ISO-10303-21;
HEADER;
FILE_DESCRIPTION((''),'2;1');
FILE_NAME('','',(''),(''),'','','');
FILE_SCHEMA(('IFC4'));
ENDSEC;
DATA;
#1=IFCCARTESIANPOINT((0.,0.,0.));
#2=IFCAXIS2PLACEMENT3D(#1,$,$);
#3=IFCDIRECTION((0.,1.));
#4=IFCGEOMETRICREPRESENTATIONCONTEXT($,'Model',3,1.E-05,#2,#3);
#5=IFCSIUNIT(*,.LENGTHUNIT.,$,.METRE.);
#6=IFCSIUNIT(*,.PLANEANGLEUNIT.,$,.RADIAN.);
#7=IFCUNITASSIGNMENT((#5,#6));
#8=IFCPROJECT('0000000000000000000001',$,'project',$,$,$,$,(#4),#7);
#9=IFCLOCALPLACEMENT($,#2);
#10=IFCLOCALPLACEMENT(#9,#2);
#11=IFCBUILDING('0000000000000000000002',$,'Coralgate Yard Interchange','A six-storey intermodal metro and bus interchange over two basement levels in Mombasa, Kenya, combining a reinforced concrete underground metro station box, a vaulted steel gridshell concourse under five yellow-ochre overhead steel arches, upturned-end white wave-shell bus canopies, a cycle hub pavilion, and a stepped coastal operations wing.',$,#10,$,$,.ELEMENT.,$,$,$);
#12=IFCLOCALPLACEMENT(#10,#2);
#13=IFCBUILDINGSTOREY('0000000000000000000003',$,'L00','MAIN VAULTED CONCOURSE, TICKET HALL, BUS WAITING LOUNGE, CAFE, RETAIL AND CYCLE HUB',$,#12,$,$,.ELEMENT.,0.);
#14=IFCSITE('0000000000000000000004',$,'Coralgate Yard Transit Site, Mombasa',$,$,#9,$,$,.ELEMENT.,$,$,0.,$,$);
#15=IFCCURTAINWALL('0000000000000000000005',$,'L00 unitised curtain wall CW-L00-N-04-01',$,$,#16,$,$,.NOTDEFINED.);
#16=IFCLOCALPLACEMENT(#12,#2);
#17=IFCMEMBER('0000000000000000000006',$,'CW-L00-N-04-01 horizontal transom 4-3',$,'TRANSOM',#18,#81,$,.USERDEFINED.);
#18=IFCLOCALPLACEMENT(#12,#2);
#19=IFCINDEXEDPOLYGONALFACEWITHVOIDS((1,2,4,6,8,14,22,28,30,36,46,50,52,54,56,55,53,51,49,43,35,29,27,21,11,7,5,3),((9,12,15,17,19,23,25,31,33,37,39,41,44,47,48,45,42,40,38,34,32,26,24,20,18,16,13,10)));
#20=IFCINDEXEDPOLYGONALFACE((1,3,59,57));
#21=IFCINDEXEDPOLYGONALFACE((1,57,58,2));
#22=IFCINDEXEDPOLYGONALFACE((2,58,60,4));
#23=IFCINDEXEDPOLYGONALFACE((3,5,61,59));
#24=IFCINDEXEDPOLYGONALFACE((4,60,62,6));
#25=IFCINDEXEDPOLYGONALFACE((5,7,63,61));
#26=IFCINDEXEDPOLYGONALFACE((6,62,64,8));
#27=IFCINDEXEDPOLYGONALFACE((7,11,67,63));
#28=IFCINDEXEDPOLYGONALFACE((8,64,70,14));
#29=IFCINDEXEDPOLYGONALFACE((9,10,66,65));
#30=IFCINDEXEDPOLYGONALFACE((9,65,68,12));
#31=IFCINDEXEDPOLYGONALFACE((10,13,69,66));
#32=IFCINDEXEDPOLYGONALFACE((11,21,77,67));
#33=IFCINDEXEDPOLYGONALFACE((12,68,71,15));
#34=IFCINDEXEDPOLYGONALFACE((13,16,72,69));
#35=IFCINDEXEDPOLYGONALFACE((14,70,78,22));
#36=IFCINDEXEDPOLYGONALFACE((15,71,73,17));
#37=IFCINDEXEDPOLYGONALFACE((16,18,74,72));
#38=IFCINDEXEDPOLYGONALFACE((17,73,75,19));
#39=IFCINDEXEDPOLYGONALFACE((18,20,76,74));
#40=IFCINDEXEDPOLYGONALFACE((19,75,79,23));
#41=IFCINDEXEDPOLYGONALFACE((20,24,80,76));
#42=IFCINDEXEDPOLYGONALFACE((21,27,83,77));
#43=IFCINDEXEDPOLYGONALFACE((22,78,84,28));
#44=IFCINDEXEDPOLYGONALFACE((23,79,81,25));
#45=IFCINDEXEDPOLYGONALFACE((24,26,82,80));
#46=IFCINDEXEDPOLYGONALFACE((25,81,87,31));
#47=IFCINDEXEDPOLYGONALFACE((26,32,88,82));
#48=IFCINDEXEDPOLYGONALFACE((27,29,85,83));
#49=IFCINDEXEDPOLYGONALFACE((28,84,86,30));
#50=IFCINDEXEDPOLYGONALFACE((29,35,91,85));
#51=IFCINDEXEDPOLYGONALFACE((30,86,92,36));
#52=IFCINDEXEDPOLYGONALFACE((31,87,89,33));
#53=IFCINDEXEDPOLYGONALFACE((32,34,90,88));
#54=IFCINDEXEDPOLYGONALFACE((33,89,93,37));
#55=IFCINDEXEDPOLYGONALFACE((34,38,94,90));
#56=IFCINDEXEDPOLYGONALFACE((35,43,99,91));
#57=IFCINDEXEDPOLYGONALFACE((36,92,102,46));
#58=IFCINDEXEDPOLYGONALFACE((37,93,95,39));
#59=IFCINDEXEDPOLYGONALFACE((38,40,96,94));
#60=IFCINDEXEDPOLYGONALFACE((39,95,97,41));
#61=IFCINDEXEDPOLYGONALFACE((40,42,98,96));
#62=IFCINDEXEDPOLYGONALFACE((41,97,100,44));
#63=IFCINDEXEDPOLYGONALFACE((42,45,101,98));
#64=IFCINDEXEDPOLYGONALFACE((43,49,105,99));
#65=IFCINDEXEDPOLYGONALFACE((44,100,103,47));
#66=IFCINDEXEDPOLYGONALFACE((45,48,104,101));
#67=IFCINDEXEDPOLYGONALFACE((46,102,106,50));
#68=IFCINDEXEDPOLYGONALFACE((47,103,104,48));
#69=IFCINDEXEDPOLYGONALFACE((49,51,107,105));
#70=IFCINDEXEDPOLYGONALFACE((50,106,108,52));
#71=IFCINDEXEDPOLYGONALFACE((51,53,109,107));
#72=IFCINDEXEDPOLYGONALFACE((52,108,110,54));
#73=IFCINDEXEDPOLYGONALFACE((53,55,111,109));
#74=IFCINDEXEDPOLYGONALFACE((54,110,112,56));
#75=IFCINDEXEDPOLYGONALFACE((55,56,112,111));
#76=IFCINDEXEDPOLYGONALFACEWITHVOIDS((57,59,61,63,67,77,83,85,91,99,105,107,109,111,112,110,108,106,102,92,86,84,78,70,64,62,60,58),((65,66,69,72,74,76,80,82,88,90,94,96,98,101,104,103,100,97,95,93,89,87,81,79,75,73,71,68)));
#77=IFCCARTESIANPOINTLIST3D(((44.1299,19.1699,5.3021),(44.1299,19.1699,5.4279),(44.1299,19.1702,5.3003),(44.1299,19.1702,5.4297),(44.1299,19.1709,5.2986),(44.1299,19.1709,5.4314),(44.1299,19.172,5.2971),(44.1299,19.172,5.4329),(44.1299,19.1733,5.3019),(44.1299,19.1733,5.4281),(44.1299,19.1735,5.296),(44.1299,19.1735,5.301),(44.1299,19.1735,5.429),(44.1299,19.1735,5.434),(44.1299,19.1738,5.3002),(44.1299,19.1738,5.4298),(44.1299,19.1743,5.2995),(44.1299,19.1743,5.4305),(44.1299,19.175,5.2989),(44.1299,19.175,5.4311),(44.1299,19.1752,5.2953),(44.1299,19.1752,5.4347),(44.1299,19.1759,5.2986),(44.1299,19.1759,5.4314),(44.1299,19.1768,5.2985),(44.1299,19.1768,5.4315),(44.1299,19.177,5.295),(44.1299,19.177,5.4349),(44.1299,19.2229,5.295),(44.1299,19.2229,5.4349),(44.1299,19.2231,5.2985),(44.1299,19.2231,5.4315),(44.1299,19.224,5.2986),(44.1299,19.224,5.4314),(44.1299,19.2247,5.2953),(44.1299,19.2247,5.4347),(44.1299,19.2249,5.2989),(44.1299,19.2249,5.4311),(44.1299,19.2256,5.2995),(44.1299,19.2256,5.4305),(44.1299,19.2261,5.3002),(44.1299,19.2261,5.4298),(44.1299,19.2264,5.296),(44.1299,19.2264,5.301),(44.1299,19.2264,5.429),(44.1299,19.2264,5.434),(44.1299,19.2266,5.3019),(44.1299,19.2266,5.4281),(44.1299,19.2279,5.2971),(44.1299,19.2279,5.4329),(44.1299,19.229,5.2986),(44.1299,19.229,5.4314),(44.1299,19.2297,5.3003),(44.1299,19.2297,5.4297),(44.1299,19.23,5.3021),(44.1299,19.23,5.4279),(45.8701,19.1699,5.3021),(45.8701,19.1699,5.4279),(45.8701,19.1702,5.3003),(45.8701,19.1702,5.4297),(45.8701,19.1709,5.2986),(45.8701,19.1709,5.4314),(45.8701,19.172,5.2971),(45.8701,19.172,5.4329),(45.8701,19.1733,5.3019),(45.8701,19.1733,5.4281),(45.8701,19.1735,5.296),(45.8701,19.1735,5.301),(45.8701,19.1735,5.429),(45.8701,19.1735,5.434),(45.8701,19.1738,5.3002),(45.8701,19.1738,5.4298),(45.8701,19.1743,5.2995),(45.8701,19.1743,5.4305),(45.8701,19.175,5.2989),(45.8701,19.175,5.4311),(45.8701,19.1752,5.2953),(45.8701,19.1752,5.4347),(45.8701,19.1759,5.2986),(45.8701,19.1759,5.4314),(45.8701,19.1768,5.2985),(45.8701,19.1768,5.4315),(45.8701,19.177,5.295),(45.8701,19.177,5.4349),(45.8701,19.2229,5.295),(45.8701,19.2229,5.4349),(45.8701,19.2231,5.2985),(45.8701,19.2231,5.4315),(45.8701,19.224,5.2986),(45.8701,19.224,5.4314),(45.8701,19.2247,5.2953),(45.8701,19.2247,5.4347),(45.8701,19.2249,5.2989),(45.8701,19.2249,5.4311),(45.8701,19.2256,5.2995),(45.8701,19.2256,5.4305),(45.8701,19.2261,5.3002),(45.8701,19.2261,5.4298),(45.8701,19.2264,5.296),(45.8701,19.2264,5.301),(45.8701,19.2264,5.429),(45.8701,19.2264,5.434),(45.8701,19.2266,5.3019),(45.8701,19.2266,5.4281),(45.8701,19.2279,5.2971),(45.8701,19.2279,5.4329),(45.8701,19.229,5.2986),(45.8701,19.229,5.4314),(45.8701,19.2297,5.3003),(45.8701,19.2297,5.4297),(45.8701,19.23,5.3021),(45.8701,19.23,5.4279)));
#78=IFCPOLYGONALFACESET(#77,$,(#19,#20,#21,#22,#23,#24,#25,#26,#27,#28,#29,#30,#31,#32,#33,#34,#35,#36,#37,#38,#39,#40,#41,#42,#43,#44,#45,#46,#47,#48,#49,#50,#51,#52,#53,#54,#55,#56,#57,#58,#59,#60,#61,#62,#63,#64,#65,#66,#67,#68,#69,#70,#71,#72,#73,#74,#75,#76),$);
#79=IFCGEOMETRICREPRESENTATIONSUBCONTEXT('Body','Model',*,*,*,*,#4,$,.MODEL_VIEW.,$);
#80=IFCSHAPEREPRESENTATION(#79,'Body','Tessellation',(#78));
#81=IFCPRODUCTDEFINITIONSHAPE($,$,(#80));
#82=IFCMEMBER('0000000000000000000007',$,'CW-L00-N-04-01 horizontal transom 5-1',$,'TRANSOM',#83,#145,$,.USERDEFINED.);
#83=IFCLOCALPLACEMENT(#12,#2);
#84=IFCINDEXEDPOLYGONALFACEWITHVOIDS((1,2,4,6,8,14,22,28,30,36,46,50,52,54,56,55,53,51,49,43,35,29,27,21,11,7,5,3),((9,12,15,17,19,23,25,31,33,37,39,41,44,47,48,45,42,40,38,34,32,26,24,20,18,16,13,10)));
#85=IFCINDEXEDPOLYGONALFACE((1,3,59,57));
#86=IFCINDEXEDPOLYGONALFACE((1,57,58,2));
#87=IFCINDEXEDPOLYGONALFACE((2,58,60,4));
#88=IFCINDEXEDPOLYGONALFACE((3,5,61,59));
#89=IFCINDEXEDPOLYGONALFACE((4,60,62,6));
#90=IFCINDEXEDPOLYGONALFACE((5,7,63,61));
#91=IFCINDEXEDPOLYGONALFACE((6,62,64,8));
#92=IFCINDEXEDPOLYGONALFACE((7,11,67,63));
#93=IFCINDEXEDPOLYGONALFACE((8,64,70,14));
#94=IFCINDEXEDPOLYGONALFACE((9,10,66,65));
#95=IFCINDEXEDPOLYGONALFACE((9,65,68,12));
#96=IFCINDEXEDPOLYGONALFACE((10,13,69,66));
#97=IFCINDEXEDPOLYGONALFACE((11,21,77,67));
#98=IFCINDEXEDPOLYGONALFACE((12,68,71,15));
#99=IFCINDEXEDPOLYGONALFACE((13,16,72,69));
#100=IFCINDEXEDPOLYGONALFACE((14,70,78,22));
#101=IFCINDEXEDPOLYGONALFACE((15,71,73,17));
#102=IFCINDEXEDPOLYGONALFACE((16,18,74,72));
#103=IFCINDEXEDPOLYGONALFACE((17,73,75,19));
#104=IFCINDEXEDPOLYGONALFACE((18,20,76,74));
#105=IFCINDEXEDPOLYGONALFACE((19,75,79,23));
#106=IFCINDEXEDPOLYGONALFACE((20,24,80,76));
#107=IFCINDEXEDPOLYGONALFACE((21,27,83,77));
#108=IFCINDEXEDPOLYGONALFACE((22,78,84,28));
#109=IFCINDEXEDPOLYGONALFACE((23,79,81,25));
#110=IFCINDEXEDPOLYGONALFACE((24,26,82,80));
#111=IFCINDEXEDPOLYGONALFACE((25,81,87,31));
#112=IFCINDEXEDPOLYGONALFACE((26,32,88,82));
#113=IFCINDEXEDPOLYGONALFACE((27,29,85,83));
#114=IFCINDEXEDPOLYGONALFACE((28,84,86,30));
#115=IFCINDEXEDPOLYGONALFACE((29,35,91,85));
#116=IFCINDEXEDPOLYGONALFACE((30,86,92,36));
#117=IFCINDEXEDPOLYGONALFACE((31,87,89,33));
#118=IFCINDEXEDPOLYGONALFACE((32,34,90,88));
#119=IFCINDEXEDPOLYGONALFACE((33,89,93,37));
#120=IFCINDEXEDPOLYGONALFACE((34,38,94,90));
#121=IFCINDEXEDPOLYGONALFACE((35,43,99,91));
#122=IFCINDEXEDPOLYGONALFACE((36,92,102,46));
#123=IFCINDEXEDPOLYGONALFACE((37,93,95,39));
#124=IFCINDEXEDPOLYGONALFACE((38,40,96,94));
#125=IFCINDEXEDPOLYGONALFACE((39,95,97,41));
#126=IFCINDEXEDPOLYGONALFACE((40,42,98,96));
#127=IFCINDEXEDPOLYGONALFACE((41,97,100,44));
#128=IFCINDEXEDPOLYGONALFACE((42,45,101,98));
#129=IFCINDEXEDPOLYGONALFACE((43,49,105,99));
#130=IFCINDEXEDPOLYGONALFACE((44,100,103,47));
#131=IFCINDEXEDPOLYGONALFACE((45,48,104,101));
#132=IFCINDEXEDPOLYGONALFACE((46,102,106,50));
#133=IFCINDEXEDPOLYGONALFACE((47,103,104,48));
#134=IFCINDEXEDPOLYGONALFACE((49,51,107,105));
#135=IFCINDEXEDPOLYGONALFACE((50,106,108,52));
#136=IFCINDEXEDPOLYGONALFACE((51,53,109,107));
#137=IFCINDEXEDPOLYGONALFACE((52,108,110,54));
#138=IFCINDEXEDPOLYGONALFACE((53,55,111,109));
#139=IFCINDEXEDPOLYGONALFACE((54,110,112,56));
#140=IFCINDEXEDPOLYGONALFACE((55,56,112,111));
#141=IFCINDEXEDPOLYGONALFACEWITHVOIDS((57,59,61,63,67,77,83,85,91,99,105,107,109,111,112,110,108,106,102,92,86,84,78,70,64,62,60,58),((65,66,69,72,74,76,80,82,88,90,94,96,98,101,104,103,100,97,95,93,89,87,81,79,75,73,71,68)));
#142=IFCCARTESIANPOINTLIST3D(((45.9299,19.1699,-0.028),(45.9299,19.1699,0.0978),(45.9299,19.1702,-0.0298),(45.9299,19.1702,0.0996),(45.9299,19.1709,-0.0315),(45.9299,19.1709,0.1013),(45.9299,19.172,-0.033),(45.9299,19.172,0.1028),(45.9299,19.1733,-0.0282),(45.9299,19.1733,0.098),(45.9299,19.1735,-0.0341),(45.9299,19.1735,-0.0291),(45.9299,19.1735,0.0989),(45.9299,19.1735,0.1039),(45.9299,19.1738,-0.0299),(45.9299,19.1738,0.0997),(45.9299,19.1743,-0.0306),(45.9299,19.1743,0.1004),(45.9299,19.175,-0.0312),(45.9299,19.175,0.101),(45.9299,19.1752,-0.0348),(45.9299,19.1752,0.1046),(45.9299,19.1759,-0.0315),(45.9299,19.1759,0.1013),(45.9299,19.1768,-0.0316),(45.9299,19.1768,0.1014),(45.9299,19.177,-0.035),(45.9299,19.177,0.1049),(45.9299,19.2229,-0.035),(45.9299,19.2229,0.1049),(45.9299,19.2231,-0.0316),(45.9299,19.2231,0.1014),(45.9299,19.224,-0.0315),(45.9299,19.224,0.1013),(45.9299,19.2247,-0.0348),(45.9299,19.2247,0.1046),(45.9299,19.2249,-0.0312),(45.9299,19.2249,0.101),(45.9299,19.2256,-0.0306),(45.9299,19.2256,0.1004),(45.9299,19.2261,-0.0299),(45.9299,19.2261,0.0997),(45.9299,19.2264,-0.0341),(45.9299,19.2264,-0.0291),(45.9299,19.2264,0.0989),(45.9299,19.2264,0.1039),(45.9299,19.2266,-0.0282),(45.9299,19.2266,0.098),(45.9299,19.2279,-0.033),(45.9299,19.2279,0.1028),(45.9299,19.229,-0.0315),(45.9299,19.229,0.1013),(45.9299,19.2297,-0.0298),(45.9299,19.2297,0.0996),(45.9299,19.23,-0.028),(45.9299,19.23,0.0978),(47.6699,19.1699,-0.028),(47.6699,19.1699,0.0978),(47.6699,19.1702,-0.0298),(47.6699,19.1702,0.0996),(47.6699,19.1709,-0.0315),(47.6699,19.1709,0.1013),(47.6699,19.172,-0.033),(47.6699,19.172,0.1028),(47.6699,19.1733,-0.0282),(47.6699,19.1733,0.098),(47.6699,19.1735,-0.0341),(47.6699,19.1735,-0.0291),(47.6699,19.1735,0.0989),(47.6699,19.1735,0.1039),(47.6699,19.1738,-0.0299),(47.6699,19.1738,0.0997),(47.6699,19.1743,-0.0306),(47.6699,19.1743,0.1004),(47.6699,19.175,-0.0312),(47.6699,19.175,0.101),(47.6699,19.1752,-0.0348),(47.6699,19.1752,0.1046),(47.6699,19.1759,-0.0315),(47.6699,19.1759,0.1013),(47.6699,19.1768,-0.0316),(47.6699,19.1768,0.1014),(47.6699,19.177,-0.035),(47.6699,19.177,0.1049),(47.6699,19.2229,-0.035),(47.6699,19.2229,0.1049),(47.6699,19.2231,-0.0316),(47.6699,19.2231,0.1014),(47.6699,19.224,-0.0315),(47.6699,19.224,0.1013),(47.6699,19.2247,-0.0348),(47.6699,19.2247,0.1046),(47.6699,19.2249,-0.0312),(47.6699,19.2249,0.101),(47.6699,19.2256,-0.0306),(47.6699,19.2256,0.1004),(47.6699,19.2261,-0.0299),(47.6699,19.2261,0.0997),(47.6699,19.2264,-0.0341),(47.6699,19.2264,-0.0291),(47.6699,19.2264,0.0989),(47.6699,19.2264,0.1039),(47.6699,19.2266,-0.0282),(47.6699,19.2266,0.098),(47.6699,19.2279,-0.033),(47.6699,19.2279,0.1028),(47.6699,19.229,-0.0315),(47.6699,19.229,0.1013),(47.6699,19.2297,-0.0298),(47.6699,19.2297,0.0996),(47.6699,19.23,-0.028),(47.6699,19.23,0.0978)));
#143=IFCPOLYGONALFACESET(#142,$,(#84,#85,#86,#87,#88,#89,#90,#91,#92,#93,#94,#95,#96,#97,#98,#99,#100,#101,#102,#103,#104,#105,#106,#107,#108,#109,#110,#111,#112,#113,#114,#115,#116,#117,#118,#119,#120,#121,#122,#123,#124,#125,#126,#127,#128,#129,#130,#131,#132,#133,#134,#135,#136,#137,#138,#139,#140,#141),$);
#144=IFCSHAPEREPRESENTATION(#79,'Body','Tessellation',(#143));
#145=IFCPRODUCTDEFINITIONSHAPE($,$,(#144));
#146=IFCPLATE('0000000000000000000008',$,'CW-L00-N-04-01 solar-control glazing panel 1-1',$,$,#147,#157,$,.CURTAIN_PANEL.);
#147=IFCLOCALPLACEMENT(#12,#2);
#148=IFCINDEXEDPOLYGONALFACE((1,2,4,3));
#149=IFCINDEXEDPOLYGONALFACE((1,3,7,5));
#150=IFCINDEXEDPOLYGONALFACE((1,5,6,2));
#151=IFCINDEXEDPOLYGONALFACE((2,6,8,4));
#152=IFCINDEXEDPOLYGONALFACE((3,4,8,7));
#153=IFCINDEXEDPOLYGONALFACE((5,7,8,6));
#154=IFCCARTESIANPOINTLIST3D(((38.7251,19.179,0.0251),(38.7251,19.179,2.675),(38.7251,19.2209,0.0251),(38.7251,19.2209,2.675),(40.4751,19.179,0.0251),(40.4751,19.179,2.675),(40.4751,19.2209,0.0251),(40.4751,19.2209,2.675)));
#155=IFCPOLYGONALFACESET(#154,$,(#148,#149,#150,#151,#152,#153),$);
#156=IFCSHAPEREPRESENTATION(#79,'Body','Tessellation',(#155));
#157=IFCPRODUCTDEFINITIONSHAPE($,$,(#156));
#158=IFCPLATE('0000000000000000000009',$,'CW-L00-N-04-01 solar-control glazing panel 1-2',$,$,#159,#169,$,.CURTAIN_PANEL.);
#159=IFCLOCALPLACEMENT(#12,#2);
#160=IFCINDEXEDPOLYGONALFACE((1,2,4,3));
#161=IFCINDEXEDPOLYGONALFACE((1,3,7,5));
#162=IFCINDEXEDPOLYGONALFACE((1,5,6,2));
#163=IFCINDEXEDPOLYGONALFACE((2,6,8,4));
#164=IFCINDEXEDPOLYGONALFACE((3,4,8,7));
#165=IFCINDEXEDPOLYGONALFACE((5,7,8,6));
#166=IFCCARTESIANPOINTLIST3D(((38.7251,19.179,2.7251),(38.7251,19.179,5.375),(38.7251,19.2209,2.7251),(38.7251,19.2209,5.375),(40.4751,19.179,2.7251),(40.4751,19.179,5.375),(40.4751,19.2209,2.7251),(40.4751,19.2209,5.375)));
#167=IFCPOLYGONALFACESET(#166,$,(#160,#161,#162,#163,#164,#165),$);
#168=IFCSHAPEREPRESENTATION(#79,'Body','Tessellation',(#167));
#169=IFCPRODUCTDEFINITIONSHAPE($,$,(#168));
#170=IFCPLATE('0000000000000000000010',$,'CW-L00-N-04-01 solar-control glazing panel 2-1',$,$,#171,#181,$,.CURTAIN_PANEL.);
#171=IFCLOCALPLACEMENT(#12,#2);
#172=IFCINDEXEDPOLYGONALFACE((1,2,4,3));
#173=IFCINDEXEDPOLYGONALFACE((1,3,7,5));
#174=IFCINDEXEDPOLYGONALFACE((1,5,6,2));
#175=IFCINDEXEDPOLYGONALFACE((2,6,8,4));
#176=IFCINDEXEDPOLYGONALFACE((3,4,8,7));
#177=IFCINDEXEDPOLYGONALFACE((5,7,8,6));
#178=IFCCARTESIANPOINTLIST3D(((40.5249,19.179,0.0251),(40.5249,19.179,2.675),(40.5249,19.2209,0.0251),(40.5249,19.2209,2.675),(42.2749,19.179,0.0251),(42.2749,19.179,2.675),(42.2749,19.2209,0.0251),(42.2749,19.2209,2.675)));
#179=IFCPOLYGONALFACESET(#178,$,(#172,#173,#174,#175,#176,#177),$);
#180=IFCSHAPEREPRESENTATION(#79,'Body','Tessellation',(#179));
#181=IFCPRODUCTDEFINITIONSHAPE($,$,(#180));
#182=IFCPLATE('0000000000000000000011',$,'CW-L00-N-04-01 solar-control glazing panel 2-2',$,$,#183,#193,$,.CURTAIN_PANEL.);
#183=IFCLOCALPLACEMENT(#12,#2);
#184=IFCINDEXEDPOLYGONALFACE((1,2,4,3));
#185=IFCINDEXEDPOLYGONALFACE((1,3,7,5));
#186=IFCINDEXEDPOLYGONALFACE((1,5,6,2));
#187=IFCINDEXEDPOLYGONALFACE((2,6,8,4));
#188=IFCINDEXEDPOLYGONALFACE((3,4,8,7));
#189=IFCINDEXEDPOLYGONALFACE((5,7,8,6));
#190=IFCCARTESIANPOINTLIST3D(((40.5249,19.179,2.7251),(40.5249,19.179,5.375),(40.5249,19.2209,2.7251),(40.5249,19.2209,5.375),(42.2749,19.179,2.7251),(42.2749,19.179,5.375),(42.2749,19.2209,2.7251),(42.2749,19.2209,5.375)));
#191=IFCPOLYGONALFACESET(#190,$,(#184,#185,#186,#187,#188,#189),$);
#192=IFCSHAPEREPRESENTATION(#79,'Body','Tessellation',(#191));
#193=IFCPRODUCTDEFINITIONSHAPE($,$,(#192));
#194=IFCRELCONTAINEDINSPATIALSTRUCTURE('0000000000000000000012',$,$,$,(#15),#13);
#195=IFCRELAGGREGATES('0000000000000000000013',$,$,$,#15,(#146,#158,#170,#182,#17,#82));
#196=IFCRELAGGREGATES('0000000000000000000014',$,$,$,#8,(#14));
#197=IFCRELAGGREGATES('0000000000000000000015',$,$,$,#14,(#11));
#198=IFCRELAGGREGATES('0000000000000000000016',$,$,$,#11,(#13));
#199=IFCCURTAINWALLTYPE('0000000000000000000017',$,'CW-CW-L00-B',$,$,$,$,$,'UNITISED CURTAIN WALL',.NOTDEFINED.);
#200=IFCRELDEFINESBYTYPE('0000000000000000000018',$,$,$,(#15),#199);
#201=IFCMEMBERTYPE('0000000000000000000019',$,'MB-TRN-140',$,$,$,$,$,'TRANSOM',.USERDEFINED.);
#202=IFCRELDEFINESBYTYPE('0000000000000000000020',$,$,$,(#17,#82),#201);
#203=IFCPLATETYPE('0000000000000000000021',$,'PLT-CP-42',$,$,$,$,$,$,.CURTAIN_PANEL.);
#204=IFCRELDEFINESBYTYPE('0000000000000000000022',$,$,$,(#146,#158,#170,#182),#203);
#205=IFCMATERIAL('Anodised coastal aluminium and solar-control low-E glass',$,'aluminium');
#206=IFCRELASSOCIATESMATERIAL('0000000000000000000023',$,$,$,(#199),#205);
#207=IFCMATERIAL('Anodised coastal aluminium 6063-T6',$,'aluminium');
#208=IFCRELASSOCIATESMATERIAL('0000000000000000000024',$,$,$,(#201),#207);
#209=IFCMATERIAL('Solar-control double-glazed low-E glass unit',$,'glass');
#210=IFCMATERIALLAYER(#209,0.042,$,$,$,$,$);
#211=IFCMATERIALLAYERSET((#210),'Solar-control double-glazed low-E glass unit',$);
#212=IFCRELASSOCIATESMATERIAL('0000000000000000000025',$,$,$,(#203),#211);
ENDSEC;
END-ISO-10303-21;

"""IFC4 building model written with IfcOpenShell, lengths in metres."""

from ifc_helpers import new_model, si_unit, direction, frame, origin, origin_2d, place, context, subcontext, project, spatial, rectangle, hollow_rectangle, extrude, material, layer, layer_set, material_profile, profile_set, type_object, element, aggregate, save


model = new_model("IFC4")

# Units and contexts
model_context = context("Model", 3, precision=1e-05, world=origin(), true_north=direction((0.0, 1.0)))
body_context = subcontext(model_context, "Body", "Model", "MODEL_VIEW")
ifc_project = project(units=[si_unit("LENGTHUNIT", "METRE"), si_unit("PLANEANGLEUNIT", "RADIAN")], contexts=[model_context])

# Site, building, storey
site_placement = place(None, origin())
site = spatial("IfcSite", under=ifc_project, at=site_placement, Name="Coralgate Yard Transit Site, Mombasa", CompositionType="ELEMENT", RefElevation=0.0)
building_placement = place(site_placement, origin())
building = spatial("IfcBuilding", under=site, at=building_placement, Name="Coralgate Yard Interchange", Description="A six-storey intermodal metro and bus interchange over two basement levels in Mombasa, Kenya, combining a reinforced concrete underground metro station box, a vaulted steel gridshell concourse under five yellow-ochre overhead steel arches, upturned-end white wave-shell bus canopies, a cycle hub pavilion, and a stepped coastal operations wing.", CompositionType="ELEMENT")
storey_placement = place(building_placement, origin())
storey = spatial("IfcBuildingStorey", under=building, at=storey_placement, Name="L00", Description="MAIN VAULTED CONCOURSE, TICKET HALL, BUS WAITING LOUNGE, CAFE, RETAIL AND CYCLE HUB", CompositionType="ELEMENT", Elevation=0.0)

# Curtain wall, members, plates
ifc_material_1 = material(Name="Anodised coastal aluminium and solar-control low-E glass", Category="aluminium")
curtain_wall_type = type_object("IfcCurtainWallType", Name="CW-CW-L00-B", ElementType="UNITISED CURTAIN WALL", PredefinedType="NOTDEFINED", material=ifc_material_1)
curtain_wall_placement = place(storey_placement, origin())
curtain_wall = element("IfcCurtainWall", 1, at=curtain_wall_placement, inside=storey, type_object=curtain_wall_type, Name="L00 unitised curtain wall CW-L00-N-04-01", PredefinedType="NOTDEFINED")
ifc_material_2 = material(Name="Anodised coastal aluminium 6063-T6", Category="aluminium")
ifc_material_profile_1 = material_profile(ifc_material_2, hollow_rectangle(XDim=0.0601, YDim=0.1399, WallThickness=0.0034, InnerFilletRadius=0.0034, OuterFilletRadius=0.0071, at=origin_2d()), Name="ALU 60x140x3.5")
ifc_profile_set_1 = profile_set([ifc_material_profile_1], Name="Anodised coastal aluminium 6063-T6")
member_type_1 = type_object("IfcMemberType", Name="MB-TRN-140", ElementType="TRANSOM", PredefinedType="USERDEFINED", material=ifc_profile_set_1)
member_1_placement = place(storey_placement, frame((44.1299, 19.2, 5.365), z_axis=(1.0, 0.0, 0.0), x_axis=(0.0, 1.0, 0.0)))
member_1 = element("IfcMember", 2, at=member_1_placement, type_object=member_type_1, Name="CW-L00-N-04-01 horizontal transom 4-3", ObjectType="TRANSOM", PredefinedType="USERDEFINED", context=body_context, shape_type="SweptSolid", body=[
    extrude(hollow_rectangle(XDim=0.0601, YDim=0.1399, WallThickness=0.0034, InnerFilletRadius=0.0034, OuterFilletRadius=0.0071, at=origin_2d()), origin(), (0.0, 0.0, 1.0), 1.7402),
])
member_2_placement = place(storey_placement, frame((45.9299, 19.2, 0.0349), z_axis=(1.0, 0.0, 0.0), x_axis=(0.0, 1.0, 0.0)))
member_2 = element("IfcMember", 3, at=member_2_placement, type_object=member_type_1, Name="CW-L00-N-04-01 horizontal transom 5-1", ObjectType="TRANSOM", PredefinedType="USERDEFINED", context=body_context, shape_type="SweptSolid", body=[
    extrude(hollow_rectangle(XDim=0.0601, YDim=0.1399, WallThickness=0.0034, InnerFilletRadius=0.0034, OuterFilletRadius=0.0071, at=origin_2d()), origin(), (0.0, 0.0, 1.0), 1.74),
])
ifc_material_3 = material(Name="Solar-control double-glazed low-E glass unit", Category="glass")
ifc_layer = layer(ifc_material_3, 0.042)
ifc_layer_set = layer_set([ifc_layer], Name="Solar-control double-glazed low-E glass unit")
plate_type = type_object("IfcPlateType", Name="PLT-CP-42", PredefinedType="CURTAIN_PANEL", material=ifc_layer_set)
plate_1_placement = place(storey_placement, frame((39.6001, 19.2, 0.0251), z_axis=(0.0, 0.0, 1.0), x_axis=(1.0, 0.0, 0.0)))
plate_1 = element("IfcPlate", 4, at=plate_1_placement, type_object=plate_type, Name="CW-L00-N-04-01 solar-control glazing panel 1-1", PredefinedType="CURTAIN_PANEL", context=body_context, shape_type="SweptSolid", body=[
    extrude(rectangle(XDim=1.75, YDim=0.042, at=origin_2d()), origin(), (0.0, 0.0, 1.0), 2.6499),
])
plate_2_placement = place(storey_placement, frame((39.6001, 19.2, 2.7251), z_axis=(0.0, 0.0, 1.0), x_axis=(1.0, 0.0, 0.0)))
plate_2 = element("IfcPlate", 5, at=plate_2_placement, type_object=plate_type, Name="CW-L00-N-04-01 solar-control glazing panel 1-2", PredefinedType="CURTAIN_PANEL", context=body_context, shape_type="SweptSolid", body=[
    extrude(rectangle(XDim=1.75, YDim=0.042, at=origin_2d()), origin(), (0.0, 0.0, 1.0), 2.6499),
])
plate_3_placement = place(storey_placement, frame((41.3999, 19.2, 0.0251), z_axis=(0.0, 0.0, 1.0), x_axis=(1.0, 0.0, 0.0)))
plate_3 = element("IfcPlate", 6, at=plate_3_placement, type_object=plate_type, Name="CW-L00-N-04-01 solar-control glazing panel 2-1", PredefinedType="CURTAIN_PANEL", context=body_context, shape_type="SweptSolid", body=[
    extrude(rectangle(XDim=1.75, YDim=0.042, at=origin_2d()), origin(), (0.0, 0.0, 1.0), 2.6499),
])
plate_4_placement = place(storey_placement, frame((41.3999, 19.2, 2.7251), z_axis=(0.0, 0.0, 1.0), x_axis=(1.0, 0.0, 0.0)))
plate_4 = element("IfcPlate", 7, at=plate_4_placement, type_object=plate_type, Name="CW-L00-N-04-01 solar-control glazing panel 2-2", PredefinedType="CURTAIN_PANEL", context=body_context, shape_type="SweptSolid", body=[
    extrude(rectangle(XDim=1.75, YDim=0.042, at=origin_2d()), origin(), (0.0, 0.0, 1.0), 2.6499),
])
aggregate(curtain_wall, [plate_1, plate_2, plate_3, plate_4, member_1, member_2])

save(model, "model.ifc")
